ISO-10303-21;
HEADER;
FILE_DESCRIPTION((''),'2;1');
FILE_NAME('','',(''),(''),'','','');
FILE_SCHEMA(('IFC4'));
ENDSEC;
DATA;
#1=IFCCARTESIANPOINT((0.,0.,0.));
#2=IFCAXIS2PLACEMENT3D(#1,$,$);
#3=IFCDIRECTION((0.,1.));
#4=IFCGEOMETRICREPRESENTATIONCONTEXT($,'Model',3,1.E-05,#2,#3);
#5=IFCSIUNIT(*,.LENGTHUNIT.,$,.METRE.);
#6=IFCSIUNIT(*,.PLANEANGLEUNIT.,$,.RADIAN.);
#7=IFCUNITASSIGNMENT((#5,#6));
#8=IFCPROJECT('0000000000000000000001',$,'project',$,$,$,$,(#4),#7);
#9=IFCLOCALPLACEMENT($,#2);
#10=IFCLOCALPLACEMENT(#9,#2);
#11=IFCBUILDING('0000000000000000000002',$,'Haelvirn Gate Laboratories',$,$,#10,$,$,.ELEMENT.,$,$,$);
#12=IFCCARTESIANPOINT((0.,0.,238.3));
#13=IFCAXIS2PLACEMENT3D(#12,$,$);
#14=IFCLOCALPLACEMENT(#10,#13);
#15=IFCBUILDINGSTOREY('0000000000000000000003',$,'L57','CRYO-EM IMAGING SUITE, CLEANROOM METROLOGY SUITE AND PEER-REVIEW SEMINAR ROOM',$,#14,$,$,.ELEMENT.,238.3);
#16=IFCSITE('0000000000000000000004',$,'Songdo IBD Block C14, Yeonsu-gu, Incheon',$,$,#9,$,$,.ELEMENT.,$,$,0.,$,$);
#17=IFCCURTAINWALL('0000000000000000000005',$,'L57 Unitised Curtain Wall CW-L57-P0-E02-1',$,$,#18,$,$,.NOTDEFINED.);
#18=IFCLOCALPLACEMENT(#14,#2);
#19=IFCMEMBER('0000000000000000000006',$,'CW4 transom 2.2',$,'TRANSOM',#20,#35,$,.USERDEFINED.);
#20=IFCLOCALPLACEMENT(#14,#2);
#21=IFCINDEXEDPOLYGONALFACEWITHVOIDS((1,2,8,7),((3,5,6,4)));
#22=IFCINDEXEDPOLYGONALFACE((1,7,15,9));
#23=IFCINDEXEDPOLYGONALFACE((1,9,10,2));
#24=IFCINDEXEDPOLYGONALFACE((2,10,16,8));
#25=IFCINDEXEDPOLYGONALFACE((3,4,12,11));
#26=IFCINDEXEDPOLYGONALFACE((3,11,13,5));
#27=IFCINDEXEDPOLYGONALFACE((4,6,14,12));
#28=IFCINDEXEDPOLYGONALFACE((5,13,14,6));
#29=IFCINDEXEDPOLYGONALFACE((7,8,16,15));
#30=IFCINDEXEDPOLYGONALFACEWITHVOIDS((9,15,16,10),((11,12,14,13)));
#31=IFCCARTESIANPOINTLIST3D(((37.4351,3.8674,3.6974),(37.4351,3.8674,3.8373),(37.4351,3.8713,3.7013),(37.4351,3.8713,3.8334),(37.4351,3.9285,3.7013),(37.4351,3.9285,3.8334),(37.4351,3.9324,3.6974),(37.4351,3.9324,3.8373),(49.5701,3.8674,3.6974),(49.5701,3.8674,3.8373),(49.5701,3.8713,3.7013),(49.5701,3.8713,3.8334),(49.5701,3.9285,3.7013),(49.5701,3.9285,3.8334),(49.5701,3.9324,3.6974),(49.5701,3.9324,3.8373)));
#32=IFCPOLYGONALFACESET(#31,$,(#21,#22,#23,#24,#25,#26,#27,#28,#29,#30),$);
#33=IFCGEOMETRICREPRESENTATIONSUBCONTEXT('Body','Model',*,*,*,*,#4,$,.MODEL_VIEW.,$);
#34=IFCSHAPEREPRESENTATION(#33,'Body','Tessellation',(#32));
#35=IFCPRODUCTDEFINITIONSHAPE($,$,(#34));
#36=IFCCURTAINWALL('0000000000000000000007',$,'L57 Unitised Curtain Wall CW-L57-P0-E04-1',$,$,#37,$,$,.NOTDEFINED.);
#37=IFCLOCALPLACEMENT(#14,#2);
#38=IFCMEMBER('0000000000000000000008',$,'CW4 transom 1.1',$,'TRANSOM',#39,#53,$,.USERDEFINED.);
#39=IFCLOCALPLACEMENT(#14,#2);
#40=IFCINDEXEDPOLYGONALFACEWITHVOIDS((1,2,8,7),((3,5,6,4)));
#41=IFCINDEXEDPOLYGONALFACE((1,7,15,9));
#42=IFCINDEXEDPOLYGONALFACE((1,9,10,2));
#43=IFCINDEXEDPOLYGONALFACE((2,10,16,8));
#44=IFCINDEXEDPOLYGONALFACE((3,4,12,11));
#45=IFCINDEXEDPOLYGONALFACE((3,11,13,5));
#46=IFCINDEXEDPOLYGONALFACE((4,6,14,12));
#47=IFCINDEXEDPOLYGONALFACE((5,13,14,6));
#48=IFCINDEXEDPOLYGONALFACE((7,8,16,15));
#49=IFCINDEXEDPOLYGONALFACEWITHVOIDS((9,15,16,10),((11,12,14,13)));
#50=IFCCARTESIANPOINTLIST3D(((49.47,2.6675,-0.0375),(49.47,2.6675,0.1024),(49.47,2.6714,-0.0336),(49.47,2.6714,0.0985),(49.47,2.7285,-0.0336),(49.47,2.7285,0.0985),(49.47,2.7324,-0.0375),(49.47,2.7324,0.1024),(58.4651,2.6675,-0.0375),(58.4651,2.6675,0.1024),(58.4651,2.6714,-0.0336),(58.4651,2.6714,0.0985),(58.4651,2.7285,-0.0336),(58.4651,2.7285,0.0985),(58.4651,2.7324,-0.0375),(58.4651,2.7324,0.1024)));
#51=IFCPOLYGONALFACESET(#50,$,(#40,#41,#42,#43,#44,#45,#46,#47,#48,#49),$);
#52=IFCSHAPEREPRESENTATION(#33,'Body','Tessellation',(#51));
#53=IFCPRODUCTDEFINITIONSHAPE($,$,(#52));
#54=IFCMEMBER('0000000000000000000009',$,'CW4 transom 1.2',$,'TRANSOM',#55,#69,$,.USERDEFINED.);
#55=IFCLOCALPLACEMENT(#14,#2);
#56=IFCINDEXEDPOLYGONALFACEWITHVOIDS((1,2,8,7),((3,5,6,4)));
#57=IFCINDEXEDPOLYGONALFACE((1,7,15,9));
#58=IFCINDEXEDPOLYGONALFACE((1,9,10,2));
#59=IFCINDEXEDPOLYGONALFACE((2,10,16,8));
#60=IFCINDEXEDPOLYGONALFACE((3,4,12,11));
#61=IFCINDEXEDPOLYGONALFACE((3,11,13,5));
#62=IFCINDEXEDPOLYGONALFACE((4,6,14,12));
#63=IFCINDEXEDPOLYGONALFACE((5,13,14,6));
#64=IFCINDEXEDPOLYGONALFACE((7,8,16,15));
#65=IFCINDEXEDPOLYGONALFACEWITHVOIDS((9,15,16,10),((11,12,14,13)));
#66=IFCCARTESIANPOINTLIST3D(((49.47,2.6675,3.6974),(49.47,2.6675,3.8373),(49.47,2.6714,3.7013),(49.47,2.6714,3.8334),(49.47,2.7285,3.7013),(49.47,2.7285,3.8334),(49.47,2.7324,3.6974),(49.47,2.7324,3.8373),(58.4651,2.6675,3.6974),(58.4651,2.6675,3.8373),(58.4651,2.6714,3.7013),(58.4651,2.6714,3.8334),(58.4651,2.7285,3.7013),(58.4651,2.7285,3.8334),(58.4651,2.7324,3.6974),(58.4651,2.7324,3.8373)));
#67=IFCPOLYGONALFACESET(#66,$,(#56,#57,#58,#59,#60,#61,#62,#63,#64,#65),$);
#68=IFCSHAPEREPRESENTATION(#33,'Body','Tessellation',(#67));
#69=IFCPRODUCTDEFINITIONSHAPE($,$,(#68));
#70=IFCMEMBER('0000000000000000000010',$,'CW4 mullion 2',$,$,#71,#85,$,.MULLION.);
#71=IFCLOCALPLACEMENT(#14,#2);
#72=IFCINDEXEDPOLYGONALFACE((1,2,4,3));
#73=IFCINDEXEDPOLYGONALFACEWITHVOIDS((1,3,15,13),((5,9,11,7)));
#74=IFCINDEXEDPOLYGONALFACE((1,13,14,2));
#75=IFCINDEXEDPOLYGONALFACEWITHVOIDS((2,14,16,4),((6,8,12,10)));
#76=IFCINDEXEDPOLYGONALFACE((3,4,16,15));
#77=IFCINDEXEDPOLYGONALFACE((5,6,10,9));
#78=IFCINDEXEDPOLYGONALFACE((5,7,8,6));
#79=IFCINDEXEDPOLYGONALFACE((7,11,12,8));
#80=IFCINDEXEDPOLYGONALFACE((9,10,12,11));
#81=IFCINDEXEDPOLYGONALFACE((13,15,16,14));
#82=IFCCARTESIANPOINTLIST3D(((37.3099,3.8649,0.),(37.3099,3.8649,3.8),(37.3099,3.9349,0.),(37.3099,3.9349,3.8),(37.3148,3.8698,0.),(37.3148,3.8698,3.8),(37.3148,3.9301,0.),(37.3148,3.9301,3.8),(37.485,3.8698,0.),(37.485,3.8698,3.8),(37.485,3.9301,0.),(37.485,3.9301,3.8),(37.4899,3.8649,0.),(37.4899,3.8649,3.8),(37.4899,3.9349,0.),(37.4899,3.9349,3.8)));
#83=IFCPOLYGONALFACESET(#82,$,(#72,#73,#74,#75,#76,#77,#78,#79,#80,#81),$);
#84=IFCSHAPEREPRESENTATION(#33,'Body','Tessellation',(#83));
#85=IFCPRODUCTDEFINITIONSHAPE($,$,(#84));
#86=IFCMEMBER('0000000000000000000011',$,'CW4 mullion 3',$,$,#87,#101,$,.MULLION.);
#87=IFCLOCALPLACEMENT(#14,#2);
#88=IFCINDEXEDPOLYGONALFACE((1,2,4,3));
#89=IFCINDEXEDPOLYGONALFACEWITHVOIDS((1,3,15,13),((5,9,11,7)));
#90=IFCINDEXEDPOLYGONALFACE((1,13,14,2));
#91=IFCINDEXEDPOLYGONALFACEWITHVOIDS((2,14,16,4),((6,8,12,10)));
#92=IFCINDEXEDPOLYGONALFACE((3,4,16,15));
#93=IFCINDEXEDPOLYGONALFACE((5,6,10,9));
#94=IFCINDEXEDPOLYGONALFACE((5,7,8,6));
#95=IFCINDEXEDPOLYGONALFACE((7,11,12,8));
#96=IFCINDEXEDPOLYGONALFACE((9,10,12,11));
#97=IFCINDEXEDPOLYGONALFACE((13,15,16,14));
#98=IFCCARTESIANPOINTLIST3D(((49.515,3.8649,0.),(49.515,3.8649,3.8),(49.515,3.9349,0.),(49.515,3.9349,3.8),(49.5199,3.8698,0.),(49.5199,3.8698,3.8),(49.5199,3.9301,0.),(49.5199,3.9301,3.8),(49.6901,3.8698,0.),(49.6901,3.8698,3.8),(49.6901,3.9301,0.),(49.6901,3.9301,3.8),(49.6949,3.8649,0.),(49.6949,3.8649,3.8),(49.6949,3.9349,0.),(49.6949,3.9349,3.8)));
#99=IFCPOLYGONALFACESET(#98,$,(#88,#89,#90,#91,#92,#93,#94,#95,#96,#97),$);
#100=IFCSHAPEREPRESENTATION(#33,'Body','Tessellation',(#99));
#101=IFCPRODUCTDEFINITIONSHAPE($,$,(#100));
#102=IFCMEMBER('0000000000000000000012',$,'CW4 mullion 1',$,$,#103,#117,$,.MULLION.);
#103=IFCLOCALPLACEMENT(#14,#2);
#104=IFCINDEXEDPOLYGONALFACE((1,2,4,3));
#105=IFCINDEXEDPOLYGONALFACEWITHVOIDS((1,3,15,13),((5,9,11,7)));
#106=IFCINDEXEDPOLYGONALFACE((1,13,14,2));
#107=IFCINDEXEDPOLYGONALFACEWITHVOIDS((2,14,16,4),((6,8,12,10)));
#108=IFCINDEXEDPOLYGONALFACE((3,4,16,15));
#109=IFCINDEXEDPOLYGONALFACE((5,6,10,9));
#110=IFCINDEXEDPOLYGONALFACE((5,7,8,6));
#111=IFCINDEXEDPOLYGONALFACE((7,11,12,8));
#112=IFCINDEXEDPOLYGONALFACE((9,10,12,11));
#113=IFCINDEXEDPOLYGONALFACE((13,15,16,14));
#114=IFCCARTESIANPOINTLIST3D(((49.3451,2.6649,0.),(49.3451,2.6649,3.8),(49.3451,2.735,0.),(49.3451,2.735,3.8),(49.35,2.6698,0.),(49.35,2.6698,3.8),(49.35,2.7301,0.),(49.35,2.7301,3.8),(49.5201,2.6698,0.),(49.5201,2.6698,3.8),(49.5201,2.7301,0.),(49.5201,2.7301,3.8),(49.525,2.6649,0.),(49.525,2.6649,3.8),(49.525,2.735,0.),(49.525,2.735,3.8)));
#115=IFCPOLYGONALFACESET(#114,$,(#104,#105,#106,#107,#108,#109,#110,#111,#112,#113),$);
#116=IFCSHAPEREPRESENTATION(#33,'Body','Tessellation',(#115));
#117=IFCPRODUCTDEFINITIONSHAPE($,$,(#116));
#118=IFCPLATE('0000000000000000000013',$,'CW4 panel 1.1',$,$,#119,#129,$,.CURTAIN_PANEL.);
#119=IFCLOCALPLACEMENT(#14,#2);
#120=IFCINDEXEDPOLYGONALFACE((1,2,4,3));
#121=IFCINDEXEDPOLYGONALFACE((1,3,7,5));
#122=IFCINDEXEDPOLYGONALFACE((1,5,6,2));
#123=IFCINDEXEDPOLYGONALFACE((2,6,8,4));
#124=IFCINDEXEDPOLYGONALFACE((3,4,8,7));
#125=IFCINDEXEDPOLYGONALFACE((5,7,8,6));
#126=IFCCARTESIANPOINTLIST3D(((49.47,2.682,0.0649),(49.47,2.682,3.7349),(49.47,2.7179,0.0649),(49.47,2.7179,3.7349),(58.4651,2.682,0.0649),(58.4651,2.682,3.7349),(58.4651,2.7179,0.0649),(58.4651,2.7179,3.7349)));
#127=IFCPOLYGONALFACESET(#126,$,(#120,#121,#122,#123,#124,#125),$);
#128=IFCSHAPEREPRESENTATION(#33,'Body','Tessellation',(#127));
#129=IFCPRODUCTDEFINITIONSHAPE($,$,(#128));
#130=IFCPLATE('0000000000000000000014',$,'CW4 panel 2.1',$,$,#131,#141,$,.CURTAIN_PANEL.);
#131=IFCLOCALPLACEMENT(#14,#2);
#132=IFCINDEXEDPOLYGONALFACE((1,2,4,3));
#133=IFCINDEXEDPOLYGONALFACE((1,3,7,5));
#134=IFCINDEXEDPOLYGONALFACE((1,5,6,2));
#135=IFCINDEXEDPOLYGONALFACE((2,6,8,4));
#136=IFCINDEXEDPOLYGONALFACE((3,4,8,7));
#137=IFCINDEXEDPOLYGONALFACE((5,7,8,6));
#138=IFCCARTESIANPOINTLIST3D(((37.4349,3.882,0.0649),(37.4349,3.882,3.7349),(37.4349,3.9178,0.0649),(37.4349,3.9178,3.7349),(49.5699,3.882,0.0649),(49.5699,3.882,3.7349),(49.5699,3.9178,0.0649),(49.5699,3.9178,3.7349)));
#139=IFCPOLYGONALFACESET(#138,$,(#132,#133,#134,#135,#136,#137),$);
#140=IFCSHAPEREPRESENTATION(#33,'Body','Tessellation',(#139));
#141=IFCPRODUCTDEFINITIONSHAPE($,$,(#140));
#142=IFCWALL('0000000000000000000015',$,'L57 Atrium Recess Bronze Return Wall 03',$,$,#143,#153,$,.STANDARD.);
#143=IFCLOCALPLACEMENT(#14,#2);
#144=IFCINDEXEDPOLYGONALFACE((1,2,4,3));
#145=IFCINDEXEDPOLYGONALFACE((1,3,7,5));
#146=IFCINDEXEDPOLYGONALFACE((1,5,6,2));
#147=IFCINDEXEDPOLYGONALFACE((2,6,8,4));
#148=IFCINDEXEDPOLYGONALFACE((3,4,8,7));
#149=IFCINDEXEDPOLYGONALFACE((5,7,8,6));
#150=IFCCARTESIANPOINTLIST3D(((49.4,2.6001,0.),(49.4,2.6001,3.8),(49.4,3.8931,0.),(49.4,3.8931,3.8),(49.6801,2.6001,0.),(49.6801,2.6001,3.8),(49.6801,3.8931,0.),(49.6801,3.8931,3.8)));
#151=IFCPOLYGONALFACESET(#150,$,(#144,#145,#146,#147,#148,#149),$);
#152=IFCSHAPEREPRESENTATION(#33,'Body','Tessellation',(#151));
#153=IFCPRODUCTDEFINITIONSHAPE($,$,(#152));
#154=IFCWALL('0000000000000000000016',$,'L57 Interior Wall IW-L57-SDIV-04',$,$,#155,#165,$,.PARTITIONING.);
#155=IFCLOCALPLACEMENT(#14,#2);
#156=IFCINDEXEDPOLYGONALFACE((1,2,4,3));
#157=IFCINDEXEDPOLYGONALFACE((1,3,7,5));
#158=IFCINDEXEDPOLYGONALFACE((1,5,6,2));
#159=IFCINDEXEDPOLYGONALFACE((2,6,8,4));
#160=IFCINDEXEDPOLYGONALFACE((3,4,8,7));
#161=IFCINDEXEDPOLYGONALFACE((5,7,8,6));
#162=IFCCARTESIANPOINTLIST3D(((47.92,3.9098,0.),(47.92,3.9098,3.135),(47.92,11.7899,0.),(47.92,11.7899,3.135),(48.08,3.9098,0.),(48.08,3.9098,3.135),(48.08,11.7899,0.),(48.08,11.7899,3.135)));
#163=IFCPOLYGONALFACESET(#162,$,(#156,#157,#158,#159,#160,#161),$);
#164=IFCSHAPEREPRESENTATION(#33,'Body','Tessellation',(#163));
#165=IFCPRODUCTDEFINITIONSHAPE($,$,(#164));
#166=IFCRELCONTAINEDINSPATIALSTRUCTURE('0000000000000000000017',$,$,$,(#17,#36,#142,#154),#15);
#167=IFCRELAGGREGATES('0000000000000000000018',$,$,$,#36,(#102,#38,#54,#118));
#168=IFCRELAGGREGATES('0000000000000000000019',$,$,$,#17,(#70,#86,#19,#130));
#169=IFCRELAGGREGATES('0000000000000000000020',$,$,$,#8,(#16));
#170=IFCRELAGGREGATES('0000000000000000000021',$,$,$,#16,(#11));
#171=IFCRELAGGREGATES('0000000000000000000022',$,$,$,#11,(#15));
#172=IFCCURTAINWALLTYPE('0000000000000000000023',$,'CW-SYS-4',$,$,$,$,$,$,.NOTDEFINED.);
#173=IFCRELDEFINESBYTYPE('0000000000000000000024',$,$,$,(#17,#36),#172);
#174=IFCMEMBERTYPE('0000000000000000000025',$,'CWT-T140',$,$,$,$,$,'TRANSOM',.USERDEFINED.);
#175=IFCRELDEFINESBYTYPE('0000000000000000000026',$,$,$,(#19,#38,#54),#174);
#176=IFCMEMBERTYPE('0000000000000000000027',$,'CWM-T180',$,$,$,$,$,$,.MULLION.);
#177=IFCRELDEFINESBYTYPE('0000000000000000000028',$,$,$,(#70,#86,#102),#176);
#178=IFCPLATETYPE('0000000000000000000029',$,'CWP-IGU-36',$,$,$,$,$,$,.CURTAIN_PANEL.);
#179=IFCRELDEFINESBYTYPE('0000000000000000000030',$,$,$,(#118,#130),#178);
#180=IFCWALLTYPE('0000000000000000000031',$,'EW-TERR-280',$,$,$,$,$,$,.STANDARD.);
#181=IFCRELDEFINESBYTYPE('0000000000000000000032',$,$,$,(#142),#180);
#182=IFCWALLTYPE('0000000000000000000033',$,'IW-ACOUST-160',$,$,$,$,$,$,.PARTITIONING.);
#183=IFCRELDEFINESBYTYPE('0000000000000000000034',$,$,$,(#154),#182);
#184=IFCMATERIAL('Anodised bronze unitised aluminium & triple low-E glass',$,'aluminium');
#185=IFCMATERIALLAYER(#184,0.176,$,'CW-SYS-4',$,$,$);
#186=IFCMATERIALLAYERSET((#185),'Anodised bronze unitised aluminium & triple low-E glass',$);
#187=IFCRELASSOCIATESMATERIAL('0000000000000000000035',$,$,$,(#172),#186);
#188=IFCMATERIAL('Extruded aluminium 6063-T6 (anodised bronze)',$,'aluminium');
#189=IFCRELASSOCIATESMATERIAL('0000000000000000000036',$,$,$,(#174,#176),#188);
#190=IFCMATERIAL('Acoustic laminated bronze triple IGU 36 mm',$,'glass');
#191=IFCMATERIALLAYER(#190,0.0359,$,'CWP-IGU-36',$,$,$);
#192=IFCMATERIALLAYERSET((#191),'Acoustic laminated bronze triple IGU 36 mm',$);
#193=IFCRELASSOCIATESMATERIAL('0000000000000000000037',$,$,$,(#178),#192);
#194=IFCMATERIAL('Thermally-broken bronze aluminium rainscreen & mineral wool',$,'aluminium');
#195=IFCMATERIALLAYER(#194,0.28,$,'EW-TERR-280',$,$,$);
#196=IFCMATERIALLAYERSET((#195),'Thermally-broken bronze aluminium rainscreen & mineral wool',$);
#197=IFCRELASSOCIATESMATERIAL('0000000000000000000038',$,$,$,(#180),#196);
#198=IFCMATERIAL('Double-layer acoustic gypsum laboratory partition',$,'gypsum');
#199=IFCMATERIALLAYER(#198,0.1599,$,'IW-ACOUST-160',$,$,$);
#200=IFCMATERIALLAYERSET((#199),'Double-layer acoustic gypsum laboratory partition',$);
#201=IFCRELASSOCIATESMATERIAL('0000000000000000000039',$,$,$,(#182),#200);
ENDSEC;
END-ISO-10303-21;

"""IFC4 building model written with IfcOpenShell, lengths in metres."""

from ifc_helpers import new_model, si_unit, direction, frame, frame_2d, origin, origin_2d, place, context, subcontext, project, spatial, rectangle, hollow_rectangle, extrude, source, transform, mapped, material, layer, layer_set, material_profile, profile_set, type_object, type_shapes, element, aggregate, save


model = new_model("IFC4")

# Units and contexts
model_context = context("Model", 3, precision=1e-05, world=origin(), true_north=direction((0.0, 1.0)))
body_context = subcontext(model_context, "Body", "Model", "MODEL_VIEW")
ifc_project = project(units=[si_unit("LENGTHUNIT", "METRE"), si_unit("PLANEANGLEUNIT", "RADIAN")], contexts=[model_context])

# Site, building, storey
site_placement = place(None, origin())
site = spatial("IfcSite", under=ifc_project, at=site_placement, Name="Songdo IBD Block C14, Yeonsu-gu, Incheon", CompositionType="ELEMENT", RefElevation=0.0)
building_placement = place(site_placement, origin())
building = spatial("IfcBuilding", under=site, at=building_placement, Name="Haelvirn Gate Laboratories", CompositionType="ELEMENT")
storey_placement = place(building_placement, frame((0.0, 0.0, 238.3)))
storey = spatial("IfcBuildingStorey", under=building, at=storey_placement, Name="L57", Description="CRYO-EM IMAGING SUITE, CLEANROOM METROLOGY SUITE AND PEER-REVIEW SEMINAR ROOM", CompositionType="ELEMENT", Elevation=238.3)

# Curtain walls, members
ifc_material_1 = material(Name="Anodised bronze unitised aluminium & triple low-E glass", Category="aluminium")
ifc_layer_1 = layer(ifc_material_1, 0.176, Name="CW-SYS-4")
ifc_layer_set_1 = layer_set([ifc_layer_1], Name="Anodised bronze unitised aluminium & triple low-E glass")
curtain_wall_type = type_object("IfcCurtainWallType", Name="CW-SYS-4", PredefinedType="NOTDEFINED", material=ifc_layer_set_1)
curtain_wall_1_placement = place(storey_placement, origin())
curtain_wall_1 = element("IfcCurtainWall", 1, at=curtain_wall_1_placement, inside=storey, type_object=curtain_wall_type, Name="L57 Unitised Curtain Wall CW-L57-P0-E02-1", PredefinedType="NOTDEFINED")
ifc_material_2 = material(Name="Extruded aluminium 6063-T6 (anodised bronze)", Category="aluminium")
ifc_material_profile_1 = material_profile(ifc_material_2, hollow_rectangle(XDim=0.0649, YDim=0.1399, WallThickness=0.0039, at=origin_2d()), Name="CWT-140x65x4")
ifc_profile_set_1 = profile_set([ifc_material_profile_1], Name="Extruded aluminium 6063-T6 (anodised bronze)")
member_type_1 = type_object("IfcMemberType", Name="CWT-T140", ElementType="TRANSOM", PredefinedType="USERDEFINED", material=ifc_profile_set_1)
shared_shape_1 = source(origin(), body_context, "Body", "SweptSolid", [
    extrude(hollow_rectangle(XDim=0.0649, YDim=0.1399, WallThickness=0.0039, at=origin_2d()), origin(), (0.0, 0.0, 1.0), 12.135),
])
member_1_placement = place(storey_placement, frame((37.4351, 3.8999, 3.7673), z_axis=(1.0, 0.0, 0.0), x_axis=(0.0, 1.0, 0.0)))
member_1 = element("IfcMember", 2, at=member_1_placement, type_object=member_type_1, Name="CW4 transom 2.2", ObjectType="TRANSOM", PredefinedType="USERDEFINED", context=body_context, shape_type="MappedRepresentation", body=[
    mapped(shared_shape_1, transform((0.0, 0.0, 0.0), scale=1.0)),
])
curtain_wall_2_placement = place(storey_placement, origin())
curtain_wall_2 = element("IfcCurtainWall", 3, at=curtain_wall_2_placement, inside=storey, type_object=curtain_wall_type, Name="L57 Unitised Curtain Wall CW-L57-P0-E04-1", PredefinedType="NOTDEFINED")
shared_shape_2 = source(origin(), body_context, "Body", "SweptSolid", [
    extrude(hollow_rectangle(XDim=0.0649, YDim=0.1399, WallThickness=0.0039, at=origin_2d()), origin(), (0.0, 0.0, 1.0), 8.9951),
])
type_shapes(member_type_1, [shared_shape_1, shared_shape_2])
member_2_placement = place(storey_placement, frame((49.47, 2.7, 0.0325), z_axis=(1.0, 0.0, 0.0), x_axis=(0.0, 1.0, 0.0)))
member_2 = element("IfcMember", 4, at=member_2_placement, type_object=member_type_1, Name="CW4 transom 1.1", ObjectType="TRANSOM", PredefinedType="USERDEFINED", context=body_context, shape_type="MappedRepresentation", body=[
    mapped(shared_shape_2, transform((0.0, 0.0, 0.0), scale=1.0)),
])
member_3_placement = place(storey_placement, frame((49.47, 2.7, 3.7673), z_axis=(1.0, 0.0, 0.0), x_axis=(0.0, 1.0, 0.0)))
member_3 = element("IfcMember", 5, at=member_3_placement, type_object=member_type_1, Name="CW4 transom 1.2", ObjectType="TRANSOM", PredefinedType="USERDEFINED", context=body_context, shape_type="MappedRepresentation", body=[
    mapped(shared_shape_2, transform((0.0, 0.0, 0.0), scale=1.0)),
])

# Members
ifc_material_profile_2 = material_profile(ifc_material_2, hollow_rectangle(XDim=0.0701, YDim=0.1799, WallThickness=0.0049, at=origin_2d()), Name="CWM-180x70x5")
ifc_profile_set_2 = profile_set([ifc_material_profile_2], Name="Extruded aluminium 6063-T6 (anodised bronze)")
member_type_2 = type_object("IfcMemberType", Name="CWM-T180", PredefinedType="MULLION", material=ifc_profile_set_2)
shared_shape_3 = source(origin(), body_context, "Body", "SweptSolid", [
    extrude(hollow_rectangle(XDim=0.0701, YDim=0.1799, WallThickness=0.0049, at=origin_2d()), origin(), (0.0, 0.0, 1.0), 3.8),
])
type_shapes(member_type_2, [shared_shape_3])
member_4_placement = place(storey_placement, frame((37.3999, 3.8999, 0.0), z_axis=(0.0, 0.0, 1.0), x_axis=(0.0, 1.0, 0.0)))
member_4 = element("IfcMember", 6, at=member_4_placement, type_object=member_type_2, Name="CW4 mullion 2", PredefinedType="MULLION", context=body_context, shape_type="MappedRepresentation", body=[
    mapped(shared_shape_3, transform((0.0, 0.0, 0.0), scale=1.0)),
])
member_5_placement = place(storey_placement, frame((49.605, 3.8999, 0.0), z_axis=(0.0, 0.0, 1.0), x_axis=(0.0, 1.0, 0.0)))
member_5 = element("IfcMember", 7, at=member_5_placement, type_object=member_type_2, Name="CW4 mullion 3", PredefinedType="MULLION", context=body_context, shape_type="MappedRepresentation", body=[
    mapped(shared_shape_3, transform((0.0, 0.0, 0.0), scale=1.0)),
])
member_6_placement = place(storey_placement, frame((49.4351, 2.7, 0.0), z_axis=(0.0, 0.0, 1.0), x_axis=(0.0, 1.0, 0.0)))
member_6 = element("IfcMember", 8, at=member_6_placement, type_object=member_type_2, Name="CW4 mullion 1", PredefinedType="MULLION", context=body_context, shape_type="MappedRepresentation", body=[
    mapped(shared_shape_3, transform((0.0, 0.0, 0.0), scale=1.0)),
])

# Plates
ifc_material_3 = material(Name="Acoustic laminated bronze triple IGU 36 mm", Category="glass")
ifc_layer_2 = layer(ifc_material_3, 0.0359, Name="CWP-IGU-36")
ifc_layer_set_2 = layer_set([ifc_layer_2], Name="Acoustic laminated bronze triple IGU 36 mm")
plate_type = type_object("IfcPlateType", Name="CWP-IGU-36", PredefinedType="CURTAIN_PANEL", material=ifc_layer_set_2)
shared_shape_4 = source(origin(), body_context, "Body", "SweptSolid", [
    extrude(rectangle(XDim=8.9951, YDim=0.0359, at=origin_2d()), origin(), (0.0, 0.0, 1.0), 3.6699),
])
plate_1_placement = place(storey_placement, frame((53.9675, 2.7, 0.0649), z_axis=(0.0, 0.0, 1.0), x_axis=(1.0, 0.0, 0.0)))
plate_1 = element("IfcPlate", 9, at=plate_1_placement, type_object=plate_type, Name="CW4 panel 1.1", PredefinedType="CURTAIN_PANEL", context=body_context, shape_type="MappedRepresentation", body=[
    mapped(shared_shape_4, transform((0.0, 0.0, 0.0), scale=1.0)),
])
aggregate(curtain_wall_2, [member_6, member_2, member_3, plate_1])
shared_shape_5 = source(origin(), body_context, "Body", "SweptSolid", [
    extrude(rectangle(XDim=12.135, YDim=0.0359, at=origin_2d()), origin(), (0.0, 0.0, 1.0), 3.6699),
])
type_shapes(plate_type, [shared_shape_4, shared_shape_5])
plate_2_placement = place(storey_placement, frame((43.5024, 3.8999, 0.0649), z_axis=(0.0, 0.0, 1.0), x_axis=(1.0, 0.0, 0.0)))
plate_2 = element("IfcPlate", 10, at=plate_2_placement, type_object=plate_type, Name="CW4 panel 2.1", PredefinedType="CURTAIN_PANEL", context=body_context, shape_type="MappedRepresentation", body=[
    mapped(shared_shape_5, transform((0.0, 0.0, 0.0), scale=1.0)),
])
aggregate(curtain_wall_1, [member_4, member_5, member_1, plate_2])

# Walls
ifc_material_4 = material(Name="Thermally-broken bronze aluminium rainscreen & mineral wool", Category="aluminium")
ifc_layer_3 = layer(ifc_material_4, 0.28, Name="EW-TERR-280")
ifc_layer_set_3 = layer_set([ifc_layer_3], Name="Thermally-broken bronze aluminium rainscreen & mineral wool")
wall_type_1 = type_object("IfcWallType", Name="EW-TERR-280", PredefinedType="STANDARD", material=ifc_layer_set_3)
wall_1_placement = place(storey_placement, frame((49.54, 3.8931, 0.0), z_axis=(0.0, 0.0, 1.0), x_axis=(0.0, -1.0, 0.0)))
element("IfcWall", 11, at=wall_1_placement, inside=storey, type_object=wall_type_1, Name="L57 Atrium Recess Bronze Return Wall 03", PredefinedType="STANDARD", context=body_context, shape_type="SweptSolid", body=[
    extrude(rectangle(XDim=1.293, YDim=0.28, at=frame_2d((0.6465, 0.0))), origin(), (0.0, 0.0, 1.0), 3.8),
])
ifc_material_5 = material(Name="Double-layer acoustic gypsum laboratory partition", Category="gypsum")
ifc_layer_4 = layer(ifc_material_5, 0.1599, Name="IW-ACOUST-160")
ifc_layer_set_4 = layer_set([ifc_layer_4], Name="Double-layer acoustic gypsum laboratory partition")
wall_type_2 = type_object("IfcWallType", Name="IW-ACOUST-160", PredefinedType="PARTITIONING", material=ifc_layer_set_4)
wall_2_placement = place(storey_placement, frame((48.0, 3.9099, 0.0), z_axis=(0.0, 0.0, 1.0), x_axis=(0.0, 1.0, 0.0)))
element("IfcWall", 12, at=wall_2_placement, inside=storey, type_object=wall_type_2, Name="L57 Interior Wall IW-L57-SDIV-04", PredefinedType="PARTITIONING", context=body_context, shape_type="SweptSolid", body=[
    extrude(rectangle(XDim=7.8801, YDim=0.1599, at=frame_2d((3.9399, 0.0))), origin(), (0.0, 0.0, 1.0), 3.135),
])

save(model, "model.ifc")
